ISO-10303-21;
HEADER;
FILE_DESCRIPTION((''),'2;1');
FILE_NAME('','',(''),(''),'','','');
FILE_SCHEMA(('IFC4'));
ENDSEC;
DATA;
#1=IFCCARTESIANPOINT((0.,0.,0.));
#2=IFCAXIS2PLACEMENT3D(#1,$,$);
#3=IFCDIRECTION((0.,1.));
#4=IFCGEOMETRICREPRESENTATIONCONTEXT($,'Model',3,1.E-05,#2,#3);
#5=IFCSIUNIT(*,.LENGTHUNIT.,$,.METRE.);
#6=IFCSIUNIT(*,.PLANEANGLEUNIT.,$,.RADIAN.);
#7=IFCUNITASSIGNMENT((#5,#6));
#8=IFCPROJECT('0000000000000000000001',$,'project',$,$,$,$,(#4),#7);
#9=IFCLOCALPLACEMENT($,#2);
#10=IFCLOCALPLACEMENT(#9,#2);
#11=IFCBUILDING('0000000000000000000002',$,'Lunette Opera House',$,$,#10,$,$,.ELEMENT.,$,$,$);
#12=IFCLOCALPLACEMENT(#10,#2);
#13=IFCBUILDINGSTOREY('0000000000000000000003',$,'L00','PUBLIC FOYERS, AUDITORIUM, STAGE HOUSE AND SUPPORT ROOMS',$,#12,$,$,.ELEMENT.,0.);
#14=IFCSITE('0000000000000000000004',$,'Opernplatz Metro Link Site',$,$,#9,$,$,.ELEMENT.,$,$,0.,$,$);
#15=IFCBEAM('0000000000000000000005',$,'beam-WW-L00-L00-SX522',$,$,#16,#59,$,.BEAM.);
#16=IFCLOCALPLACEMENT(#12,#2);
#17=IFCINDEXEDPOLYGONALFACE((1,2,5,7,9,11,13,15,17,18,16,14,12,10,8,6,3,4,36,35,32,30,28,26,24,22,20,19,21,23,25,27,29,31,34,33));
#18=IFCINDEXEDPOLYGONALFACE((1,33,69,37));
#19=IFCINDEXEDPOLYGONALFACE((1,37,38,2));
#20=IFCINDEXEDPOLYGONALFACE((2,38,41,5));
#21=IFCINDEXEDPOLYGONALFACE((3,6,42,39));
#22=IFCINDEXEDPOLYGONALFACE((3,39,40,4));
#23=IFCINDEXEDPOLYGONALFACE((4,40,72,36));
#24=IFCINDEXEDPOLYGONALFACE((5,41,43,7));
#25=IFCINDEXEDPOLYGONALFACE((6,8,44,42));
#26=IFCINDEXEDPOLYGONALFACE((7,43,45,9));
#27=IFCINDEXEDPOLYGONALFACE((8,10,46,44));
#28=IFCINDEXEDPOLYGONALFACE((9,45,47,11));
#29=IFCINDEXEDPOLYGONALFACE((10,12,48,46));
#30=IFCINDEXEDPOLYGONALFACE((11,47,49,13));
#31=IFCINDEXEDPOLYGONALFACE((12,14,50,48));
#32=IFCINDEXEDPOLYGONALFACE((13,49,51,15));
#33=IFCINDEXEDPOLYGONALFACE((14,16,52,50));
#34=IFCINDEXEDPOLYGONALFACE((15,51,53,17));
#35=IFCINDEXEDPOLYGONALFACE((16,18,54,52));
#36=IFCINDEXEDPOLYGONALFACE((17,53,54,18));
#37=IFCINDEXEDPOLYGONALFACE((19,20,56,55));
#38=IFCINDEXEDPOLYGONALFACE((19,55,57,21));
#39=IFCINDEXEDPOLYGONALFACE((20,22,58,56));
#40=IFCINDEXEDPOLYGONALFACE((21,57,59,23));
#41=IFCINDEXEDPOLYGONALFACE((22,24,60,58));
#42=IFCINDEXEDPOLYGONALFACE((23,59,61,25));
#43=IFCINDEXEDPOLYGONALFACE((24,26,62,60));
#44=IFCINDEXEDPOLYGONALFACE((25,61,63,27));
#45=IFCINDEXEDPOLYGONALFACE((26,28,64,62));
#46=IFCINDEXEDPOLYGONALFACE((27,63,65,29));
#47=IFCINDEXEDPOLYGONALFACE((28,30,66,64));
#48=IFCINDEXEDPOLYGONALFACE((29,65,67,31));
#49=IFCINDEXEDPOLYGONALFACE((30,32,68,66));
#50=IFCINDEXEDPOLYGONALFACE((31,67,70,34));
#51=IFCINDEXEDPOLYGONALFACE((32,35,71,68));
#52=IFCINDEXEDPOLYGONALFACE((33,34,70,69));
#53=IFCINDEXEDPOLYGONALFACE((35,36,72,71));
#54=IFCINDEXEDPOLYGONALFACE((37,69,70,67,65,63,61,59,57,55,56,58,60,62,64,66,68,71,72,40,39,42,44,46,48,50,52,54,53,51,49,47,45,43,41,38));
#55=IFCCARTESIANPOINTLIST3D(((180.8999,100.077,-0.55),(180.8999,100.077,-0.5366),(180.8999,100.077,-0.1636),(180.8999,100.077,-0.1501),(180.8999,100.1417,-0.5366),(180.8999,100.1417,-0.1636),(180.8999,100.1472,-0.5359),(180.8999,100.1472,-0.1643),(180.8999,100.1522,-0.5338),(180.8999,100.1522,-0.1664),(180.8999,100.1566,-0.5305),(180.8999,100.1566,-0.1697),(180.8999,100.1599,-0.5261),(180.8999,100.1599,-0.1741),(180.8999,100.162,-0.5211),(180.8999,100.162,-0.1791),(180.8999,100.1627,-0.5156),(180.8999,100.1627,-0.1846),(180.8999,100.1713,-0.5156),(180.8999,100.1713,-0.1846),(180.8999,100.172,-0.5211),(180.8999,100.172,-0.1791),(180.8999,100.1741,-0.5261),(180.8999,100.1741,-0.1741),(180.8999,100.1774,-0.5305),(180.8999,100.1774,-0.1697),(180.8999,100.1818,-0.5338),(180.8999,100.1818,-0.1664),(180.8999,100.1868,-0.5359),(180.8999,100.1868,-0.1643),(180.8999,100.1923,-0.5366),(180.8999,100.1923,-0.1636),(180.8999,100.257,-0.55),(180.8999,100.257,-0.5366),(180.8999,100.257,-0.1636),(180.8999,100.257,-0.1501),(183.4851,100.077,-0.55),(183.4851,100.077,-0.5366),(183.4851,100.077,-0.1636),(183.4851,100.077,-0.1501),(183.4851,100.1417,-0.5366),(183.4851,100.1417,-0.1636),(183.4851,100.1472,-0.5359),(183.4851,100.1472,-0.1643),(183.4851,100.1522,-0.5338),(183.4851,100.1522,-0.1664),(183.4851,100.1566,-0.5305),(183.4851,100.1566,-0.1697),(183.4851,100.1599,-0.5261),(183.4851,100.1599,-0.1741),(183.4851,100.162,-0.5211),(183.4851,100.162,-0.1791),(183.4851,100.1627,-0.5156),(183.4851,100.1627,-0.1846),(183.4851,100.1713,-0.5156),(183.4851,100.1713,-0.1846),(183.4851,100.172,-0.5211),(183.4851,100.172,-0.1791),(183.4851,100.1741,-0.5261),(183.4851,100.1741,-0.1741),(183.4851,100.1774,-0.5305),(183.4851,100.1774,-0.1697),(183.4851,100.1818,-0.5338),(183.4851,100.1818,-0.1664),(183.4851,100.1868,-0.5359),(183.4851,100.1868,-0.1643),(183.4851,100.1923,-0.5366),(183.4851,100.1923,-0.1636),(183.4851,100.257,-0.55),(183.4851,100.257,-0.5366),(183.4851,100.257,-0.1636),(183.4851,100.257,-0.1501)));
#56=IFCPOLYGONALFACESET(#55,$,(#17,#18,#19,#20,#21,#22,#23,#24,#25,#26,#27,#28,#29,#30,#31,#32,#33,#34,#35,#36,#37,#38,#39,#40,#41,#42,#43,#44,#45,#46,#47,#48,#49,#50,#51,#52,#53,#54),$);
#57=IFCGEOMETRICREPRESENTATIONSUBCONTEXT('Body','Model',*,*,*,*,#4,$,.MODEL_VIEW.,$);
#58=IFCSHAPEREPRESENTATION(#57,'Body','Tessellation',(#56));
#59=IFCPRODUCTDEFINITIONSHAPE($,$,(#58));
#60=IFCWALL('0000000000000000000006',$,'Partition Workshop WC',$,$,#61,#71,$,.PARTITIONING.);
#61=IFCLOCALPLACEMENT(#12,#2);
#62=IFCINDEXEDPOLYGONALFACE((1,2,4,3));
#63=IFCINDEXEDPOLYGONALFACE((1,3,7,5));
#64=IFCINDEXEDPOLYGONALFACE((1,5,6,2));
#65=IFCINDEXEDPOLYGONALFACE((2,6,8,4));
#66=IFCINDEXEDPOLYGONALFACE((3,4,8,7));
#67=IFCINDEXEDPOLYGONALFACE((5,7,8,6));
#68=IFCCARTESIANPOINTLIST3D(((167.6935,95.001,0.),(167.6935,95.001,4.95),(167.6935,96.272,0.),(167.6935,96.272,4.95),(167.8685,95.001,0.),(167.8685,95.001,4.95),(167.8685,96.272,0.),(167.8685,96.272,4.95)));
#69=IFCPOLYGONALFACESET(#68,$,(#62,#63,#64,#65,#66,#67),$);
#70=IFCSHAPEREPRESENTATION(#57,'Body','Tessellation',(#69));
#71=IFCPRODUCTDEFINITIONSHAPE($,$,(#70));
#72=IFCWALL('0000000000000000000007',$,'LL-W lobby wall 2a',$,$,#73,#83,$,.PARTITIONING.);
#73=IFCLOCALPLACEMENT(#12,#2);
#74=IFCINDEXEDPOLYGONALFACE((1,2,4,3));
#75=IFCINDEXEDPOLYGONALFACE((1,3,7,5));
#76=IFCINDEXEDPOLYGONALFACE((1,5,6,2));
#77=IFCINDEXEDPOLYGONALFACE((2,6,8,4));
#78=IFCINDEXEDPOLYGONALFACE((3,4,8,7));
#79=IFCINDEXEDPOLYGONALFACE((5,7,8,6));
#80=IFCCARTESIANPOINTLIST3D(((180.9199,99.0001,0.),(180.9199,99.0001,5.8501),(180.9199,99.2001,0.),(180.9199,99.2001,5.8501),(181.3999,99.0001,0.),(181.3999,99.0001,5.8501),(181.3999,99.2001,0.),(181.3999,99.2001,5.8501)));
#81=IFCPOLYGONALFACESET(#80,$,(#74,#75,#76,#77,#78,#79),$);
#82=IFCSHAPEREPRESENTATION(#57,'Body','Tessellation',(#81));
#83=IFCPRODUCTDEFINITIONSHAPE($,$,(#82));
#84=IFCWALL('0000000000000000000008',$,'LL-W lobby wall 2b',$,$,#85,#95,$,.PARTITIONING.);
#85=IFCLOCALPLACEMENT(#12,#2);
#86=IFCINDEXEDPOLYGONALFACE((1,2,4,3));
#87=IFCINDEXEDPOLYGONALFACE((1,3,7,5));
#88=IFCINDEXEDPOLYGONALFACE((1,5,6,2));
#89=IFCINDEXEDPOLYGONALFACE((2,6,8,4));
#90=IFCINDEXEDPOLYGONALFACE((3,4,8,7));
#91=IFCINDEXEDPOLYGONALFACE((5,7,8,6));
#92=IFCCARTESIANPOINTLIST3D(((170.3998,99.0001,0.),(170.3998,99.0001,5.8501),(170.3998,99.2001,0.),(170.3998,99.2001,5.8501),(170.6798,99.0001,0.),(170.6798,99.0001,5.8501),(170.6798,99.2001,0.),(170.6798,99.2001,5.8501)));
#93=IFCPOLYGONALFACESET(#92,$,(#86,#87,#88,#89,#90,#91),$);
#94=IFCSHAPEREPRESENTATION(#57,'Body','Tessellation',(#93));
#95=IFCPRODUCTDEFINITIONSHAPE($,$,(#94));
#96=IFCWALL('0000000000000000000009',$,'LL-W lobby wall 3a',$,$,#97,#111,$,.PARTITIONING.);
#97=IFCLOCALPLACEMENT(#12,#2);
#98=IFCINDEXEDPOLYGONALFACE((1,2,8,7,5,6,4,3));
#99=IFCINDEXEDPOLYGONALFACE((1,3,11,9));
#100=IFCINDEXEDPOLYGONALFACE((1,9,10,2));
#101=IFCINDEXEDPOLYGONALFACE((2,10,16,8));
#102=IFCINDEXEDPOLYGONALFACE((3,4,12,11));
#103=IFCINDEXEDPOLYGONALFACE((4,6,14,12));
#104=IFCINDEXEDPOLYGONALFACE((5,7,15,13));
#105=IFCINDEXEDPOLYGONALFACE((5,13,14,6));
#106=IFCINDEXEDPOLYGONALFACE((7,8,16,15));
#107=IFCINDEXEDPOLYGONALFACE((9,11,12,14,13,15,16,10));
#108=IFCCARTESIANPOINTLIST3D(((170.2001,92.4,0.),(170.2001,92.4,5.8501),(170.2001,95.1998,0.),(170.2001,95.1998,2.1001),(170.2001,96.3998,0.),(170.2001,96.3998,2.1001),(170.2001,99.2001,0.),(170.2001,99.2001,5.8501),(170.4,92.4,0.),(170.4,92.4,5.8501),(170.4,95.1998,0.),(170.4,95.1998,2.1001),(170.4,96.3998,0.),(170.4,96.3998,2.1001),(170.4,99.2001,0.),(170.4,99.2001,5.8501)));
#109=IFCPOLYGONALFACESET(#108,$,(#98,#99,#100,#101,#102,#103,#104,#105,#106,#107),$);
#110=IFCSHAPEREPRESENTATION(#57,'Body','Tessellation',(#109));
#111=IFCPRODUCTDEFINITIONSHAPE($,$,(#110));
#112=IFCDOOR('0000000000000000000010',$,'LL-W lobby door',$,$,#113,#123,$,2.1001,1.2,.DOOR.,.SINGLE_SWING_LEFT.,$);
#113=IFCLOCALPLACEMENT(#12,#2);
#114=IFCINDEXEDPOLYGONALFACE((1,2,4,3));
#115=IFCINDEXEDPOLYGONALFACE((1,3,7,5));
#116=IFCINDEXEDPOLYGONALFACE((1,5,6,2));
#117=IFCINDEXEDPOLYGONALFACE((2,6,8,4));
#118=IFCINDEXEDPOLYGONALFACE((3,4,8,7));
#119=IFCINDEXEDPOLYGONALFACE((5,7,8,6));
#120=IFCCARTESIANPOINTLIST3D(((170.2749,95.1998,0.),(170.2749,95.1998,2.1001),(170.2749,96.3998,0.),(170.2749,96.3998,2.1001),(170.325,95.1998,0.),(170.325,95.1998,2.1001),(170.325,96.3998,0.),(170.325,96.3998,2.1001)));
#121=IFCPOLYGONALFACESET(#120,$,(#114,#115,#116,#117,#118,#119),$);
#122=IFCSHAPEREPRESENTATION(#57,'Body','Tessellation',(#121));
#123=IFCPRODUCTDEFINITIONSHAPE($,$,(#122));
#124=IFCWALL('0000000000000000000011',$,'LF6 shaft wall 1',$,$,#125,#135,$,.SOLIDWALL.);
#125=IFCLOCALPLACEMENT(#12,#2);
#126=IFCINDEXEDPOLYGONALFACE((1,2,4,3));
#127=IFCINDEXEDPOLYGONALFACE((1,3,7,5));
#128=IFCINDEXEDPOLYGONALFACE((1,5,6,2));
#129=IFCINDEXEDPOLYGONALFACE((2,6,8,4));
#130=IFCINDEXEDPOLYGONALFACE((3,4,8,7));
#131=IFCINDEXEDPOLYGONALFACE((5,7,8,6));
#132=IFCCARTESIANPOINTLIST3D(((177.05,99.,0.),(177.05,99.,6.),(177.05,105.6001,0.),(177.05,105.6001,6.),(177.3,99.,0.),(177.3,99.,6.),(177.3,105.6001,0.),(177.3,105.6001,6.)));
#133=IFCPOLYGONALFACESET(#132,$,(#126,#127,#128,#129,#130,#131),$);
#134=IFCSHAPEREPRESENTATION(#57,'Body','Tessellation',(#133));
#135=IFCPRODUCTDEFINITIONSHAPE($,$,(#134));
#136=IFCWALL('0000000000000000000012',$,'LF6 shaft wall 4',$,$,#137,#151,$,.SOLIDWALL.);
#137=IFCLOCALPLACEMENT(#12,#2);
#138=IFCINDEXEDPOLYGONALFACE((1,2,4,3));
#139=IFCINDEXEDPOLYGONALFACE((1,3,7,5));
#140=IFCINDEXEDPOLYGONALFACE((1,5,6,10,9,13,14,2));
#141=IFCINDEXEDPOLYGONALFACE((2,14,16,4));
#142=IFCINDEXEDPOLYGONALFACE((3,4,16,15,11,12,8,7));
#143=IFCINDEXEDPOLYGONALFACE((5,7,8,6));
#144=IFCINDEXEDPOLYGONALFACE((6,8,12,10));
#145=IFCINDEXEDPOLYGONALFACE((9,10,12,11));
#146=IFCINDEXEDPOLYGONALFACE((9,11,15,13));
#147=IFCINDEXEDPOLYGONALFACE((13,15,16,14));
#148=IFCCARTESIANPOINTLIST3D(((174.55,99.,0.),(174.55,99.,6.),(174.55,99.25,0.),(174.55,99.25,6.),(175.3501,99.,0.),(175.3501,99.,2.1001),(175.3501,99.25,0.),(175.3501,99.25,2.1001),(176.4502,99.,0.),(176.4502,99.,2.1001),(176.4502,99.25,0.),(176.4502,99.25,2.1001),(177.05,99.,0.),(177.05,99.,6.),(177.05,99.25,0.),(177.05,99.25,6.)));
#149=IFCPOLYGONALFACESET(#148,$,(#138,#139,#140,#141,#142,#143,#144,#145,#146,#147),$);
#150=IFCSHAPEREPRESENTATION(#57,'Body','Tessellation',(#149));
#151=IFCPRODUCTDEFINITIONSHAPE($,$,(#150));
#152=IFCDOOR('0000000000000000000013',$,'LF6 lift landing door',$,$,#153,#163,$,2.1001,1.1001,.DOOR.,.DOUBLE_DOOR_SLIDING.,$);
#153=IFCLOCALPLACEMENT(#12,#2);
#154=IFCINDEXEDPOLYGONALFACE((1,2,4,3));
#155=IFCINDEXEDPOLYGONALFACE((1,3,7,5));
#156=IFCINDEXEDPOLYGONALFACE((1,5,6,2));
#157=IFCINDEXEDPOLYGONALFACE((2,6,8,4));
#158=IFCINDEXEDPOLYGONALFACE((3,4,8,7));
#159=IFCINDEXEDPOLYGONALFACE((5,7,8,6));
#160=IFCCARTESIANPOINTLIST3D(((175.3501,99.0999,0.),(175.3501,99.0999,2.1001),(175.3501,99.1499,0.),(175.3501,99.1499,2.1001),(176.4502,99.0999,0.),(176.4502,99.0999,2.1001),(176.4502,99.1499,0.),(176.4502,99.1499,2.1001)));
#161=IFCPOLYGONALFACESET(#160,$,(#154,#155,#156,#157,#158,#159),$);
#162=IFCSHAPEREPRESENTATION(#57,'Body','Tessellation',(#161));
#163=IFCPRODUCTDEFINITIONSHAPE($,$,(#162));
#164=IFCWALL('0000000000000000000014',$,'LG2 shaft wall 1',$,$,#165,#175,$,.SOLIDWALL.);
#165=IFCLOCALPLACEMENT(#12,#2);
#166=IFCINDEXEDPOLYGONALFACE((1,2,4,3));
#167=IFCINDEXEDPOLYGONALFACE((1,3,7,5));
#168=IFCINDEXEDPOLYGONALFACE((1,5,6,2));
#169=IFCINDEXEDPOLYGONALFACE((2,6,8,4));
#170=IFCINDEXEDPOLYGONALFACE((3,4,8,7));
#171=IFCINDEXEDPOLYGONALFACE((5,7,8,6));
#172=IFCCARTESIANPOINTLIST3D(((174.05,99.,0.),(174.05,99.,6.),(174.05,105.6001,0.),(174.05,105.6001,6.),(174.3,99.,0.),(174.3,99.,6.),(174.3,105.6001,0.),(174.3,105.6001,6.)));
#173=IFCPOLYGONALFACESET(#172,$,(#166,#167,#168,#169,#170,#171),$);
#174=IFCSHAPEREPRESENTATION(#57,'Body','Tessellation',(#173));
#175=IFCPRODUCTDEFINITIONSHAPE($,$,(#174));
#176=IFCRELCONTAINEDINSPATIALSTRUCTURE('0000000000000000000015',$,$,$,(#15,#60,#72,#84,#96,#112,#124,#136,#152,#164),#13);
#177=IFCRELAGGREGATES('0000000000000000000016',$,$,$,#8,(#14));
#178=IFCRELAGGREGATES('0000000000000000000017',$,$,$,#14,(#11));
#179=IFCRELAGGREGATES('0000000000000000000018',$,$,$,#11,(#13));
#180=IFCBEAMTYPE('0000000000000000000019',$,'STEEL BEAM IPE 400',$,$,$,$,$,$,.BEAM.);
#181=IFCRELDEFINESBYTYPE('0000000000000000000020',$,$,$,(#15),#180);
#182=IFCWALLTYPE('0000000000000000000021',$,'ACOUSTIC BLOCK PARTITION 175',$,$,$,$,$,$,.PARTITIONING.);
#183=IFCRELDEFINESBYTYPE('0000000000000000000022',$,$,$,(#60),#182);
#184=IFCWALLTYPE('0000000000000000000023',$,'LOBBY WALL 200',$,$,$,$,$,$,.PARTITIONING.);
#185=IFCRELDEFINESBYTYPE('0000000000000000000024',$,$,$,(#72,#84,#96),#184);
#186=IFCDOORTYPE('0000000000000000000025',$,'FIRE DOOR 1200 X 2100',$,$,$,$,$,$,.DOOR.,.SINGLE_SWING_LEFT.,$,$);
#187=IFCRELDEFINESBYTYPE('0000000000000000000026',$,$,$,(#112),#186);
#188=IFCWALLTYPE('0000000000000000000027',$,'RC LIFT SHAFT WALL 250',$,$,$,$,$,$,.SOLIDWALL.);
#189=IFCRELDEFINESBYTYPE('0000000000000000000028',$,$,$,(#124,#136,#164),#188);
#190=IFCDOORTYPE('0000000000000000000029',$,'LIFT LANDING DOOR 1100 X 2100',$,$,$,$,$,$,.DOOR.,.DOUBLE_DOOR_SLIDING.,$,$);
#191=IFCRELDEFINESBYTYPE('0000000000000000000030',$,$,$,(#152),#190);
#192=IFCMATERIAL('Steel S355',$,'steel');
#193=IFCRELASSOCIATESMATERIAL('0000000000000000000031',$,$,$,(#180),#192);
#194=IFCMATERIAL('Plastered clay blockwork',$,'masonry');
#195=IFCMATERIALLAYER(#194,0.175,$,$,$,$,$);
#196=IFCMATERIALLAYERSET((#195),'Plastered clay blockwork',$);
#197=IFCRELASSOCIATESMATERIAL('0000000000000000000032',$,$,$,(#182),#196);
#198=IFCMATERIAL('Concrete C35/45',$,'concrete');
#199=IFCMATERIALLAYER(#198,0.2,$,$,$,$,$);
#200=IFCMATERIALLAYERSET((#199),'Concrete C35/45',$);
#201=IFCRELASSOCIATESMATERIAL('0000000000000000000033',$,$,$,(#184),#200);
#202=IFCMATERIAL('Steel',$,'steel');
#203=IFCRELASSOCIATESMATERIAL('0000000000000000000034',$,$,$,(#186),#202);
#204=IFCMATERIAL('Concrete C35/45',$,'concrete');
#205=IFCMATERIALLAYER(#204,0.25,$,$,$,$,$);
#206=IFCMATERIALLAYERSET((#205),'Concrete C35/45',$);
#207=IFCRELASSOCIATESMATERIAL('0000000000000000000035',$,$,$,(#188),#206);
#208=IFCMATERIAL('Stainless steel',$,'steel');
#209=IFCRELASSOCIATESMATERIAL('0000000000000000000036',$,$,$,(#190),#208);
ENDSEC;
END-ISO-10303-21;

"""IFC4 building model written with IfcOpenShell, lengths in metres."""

from ifc_helpers import new_model, si_unit, direction, frame, frame_2d, origin, origin_2d, place, context, subcontext, project, spatial, rectangle, i_section, extrude, material, layer, layer_set, material_profile, profile_set, type_object, element, fill, save


model = new_model("IFC4")

# Units and contexts
model_context = context("Model", 3, precision=1e-05, world=origin(), true_north=direction((0.0, 1.0)))
body_context = subcontext(model_context, "Body", "Model", "MODEL_VIEW")
ifc_project = project(units=[si_unit("LENGTHUNIT", "METRE"), si_unit("PLANEANGLEUNIT", "RADIAN")], contexts=[model_context])

# Site, building, storey
site_placement = place(None, origin())
site = spatial("IfcSite", under=ifc_project, at=site_placement, Name="Opernplatz Metro Link Site", CompositionType="ELEMENT", RefElevation=0.0)
building_placement = place(site_placement, origin())
building = spatial("IfcBuilding", under=site, at=building_placement, Name="Lunette Opera House", CompositionType="ELEMENT")
storey_placement = place(building_placement, origin())
storey = spatial("IfcBuildingStorey", under=building, at=storey_placement, Name="L00", Description="PUBLIC FOYERS, AUDITORIUM, STAGE HOUSE AND SUPPORT ROOMS", CompositionType="ELEMENT", Elevation=0.0)

# Beam
ifc_material_1 = material(Name="Steel S355", Category="steel")
ifc_material_profile_1 = material_profile(ifc_material_1, i_section(OverallWidth=0.1799, OverallDepth=0.3999, WebThickness=0.0085, FlangeThickness=0.0134, FilletRadius=0.021, at=origin_2d()), Name="IPE 400")
ifc_profile_set_1 = profile_set([ifc_material_profile_1], Name="Steel S355")
beam_type_1 = type_object("IfcBeamType", Name="STEEL BEAM IPE 400", PredefinedType="BEAM", material=ifc_profile_set_1)
beam_1_placement = place(storey_placement, frame((180.8999, 100.167, -0.3501), z_axis=(1.0, 0.0, 0.0), x_axis=(0.0, 1.0, 0.0)))
element("IfcBeam", 1, at=beam_1_placement, inside=storey, type_object=beam_type_1, Name="beam-WW-L00-L00-SX522", PredefinedType="BEAM", context=body_context, shape_type="SweptSolid", body=[
    extrude(i_section(OverallWidth=0.1799, OverallDepth=0.3999, WebThickness=0.0085, FlangeThickness=0.0134, FilletRadius=0.021, at=origin_2d()), origin(), (0.0, 0.0, 1.0), 2.5852),
])

# Walls
ifc_material_2 = material(Name="Plastered clay blockwork", Category="masonry")
ifc_layer_1 = layer(ifc_material_2, 0.175)
ifc_layer_set_1 = layer_set([ifc_layer_1], Name="Plastered clay blockwork")
wall_type_1 = type_object("IfcWallType", Name="ACOUSTIC BLOCK PARTITION 175", PredefinedType="PARTITIONING", material=ifc_layer_set_1)
wall_1_placement = place(storey_placement, frame((167.781, 95.001, 0.0), z_axis=(0.0, 0.0, 1.0), x_axis=(0.0, 1.0, 0.0)))
element("IfcWall", 2, at=wall_1_placement, inside=storey, type_object=wall_type_1, Name="Partition Workshop WC", PredefinedType="PARTITIONING", context=body_context, shape_type="SweptSolid", body=[
    extrude(rectangle(XDim=1.271, YDim=0.175, at=frame_2d((0.6355, 0.0))), origin(), (0.0, 0.0, 1.0), 4.95),
])
ifc_material_3 = material(Name="Concrete C35/45", Category="concrete")
ifc_layer_2 = layer(ifc_material_3, 0.2)
ifc_layer_set_2 = layer_set([ifc_layer_2], Name="Concrete C35/45")
wall_type_2 = type_object("IfcWallType", Name="LOBBY WALL 200", PredefinedType="PARTITIONING", material=ifc_layer_set_2)
wall_2_placement = place(storey_placement, frame((181.3999, 99.1001, 0.0), z_axis=(0.0, 0.0, 1.0), x_axis=(-1.0, 0.0, 0.0)))
element("IfcWall", 3, at=wall_2_placement, inside=storey, type_object=wall_type_2, Name="LL-W lobby wall 2a", PredefinedType="PARTITIONING", context=body_context, shape_type="SweptSolid", body=[
    extrude(rectangle(XDim=0.48, YDim=0.2, at=frame_2d((0.24, 0.0))), origin(), (0.0, 0.0, 1.0), 5.8501),
])
wall_3_placement = place(storey_placement, frame((170.6799, 99.1001, 0.0), z_axis=(0.0, 0.0, 1.0), x_axis=(-1.0, 0.0, 0.0)))
element("IfcWall", 4, at=wall_3_placement, inside=storey, type_object=wall_type_2, Name="LL-W lobby wall 2b", PredefinedType="PARTITIONING", context=body_context, shape_type="SweptSolid", body=[
    extrude(rectangle(XDim=0.28, YDim=0.2, at=frame_2d((0.1401, 0.0))), origin(), (0.0, 0.0, 1.0), 5.8501),
])

# Wall, opening, door
wall_4_placement = place(storey_placement, frame((170.3, 99.2, 0.0), z_axis=(0.0, 0.0, 1.0), x_axis=(0.0, -1.0, 0.0)))
wall_4 = element("IfcWall", 5, at=wall_4_placement, inside=storey, type_object=wall_type_2, Name="LL-W lobby wall 3a", PredefinedType="PARTITIONING", context=body_context, shape_type="SweptSolid", body=[
    extrude(rectangle(XDim=6.8, YDim=0.2, at=frame_2d((3.3999, 0.0))), origin(), (0.0, 0.0, 1.0), 5.8501),
])
opening_1_placement = place(wall_4_placement, frame((2.8, 0.0, 0.0)))
opening_1 = element("IfcOpeningElement", 6, at=opening_1_placement, cuts=wall_4, PredefinedType="OPENING", context=body_context, shape_type="SweptSolid", body=[
    extrude(rectangle(XDim=1.2, YDim=2.1001, at=frame_2d((0.6001, 1.05))), frame((0.0, 0.1121, 0.0), z_axis=(0.0, -1.0, 0.0), x_axis=(1.0, 0.0, 0.0)), (0.0, 0.0, 1.0), 0.2239),
])
ifc_material_4 = material(Name="Steel", Category="steel")
door_type_1 = type_object("IfcDoorType", Name="FIRE DOOR 1200 X 2100", OperationType="SINGLE_SWING_LEFT", PredefinedType="DOOR", material=ifc_material_4)
door_1_placement = place(opening_1_placement, origin())
door_1 = element("IfcDoor", 7, at=door_1_placement, inside=storey, type_object=door_type_1, Name="LL-W lobby door", OperationType="SINGLE_SWING_LEFT", OverallHeight=2.1001, OverallWidth=1.2, PredefinedType="DOOR", context=body_context, shape_type="SweptSolid", body=[
    extrude(rectangle(XDim=1.2, YDim=2.1001, at=frame_2d((0.6001, 1.05))), frame((0.0, 0.0249, 0.0), z_axis=(0.0, -1.0, 0.0), x_axis=(1.0, 0.0, 0.0)), (0.0, 0.0, 1.0), 0.05),
])
fill(opening_1, door_1)

# Wall
ifc_material_5 = material(Name="Concrete C35/45", Category="concrete")
ifc_layer_3 = layer(ifc_material_5, 0.25)
ifc_layer_set_3 = layer_set([ifc_layer_3], Name="Concrete C35/45")
wall_type_3 = type_object("IfcWallType", Name="RC LIFT SHAFT WALL 250", PredefinedType="SOLIDWALL", material=ifc_layer_set_3)
wall_5_placement = place(storey_placement, frame((177.175, 99.0, 0.0), z_axis=(0.0, 0.0, 1.0), x_axis=(0.0, 1.0, 0.0)))
element("IfcWall", 8, at=wall_5_placement, inside=storey, type_object=wall_type_3, Name="LF6 shaft wall 1", PredefinedType="SOLIDWALL", context=body_context, shape_type="SweptSolid", body=[
    extrude(rectangle(XDim=6.6001, YDim=0.25, at=frame_2d((3.3, 0.0))), origin(), (0.0, 0.0, 1.0), 6.0),
])

# Wall, opening, door
wall_6_placement = place(storey_placement, frame((174.55, 99.125, 0.0), z_axis=(0.0, 0.0, 1.0), x_axis=(1.0, 0.0, 0.0)))
wall_6 = element("IfcWall", 9, at=wall_6_placement, inside=storey, type_object=wall_type_3, Name="LF6 shaft wall 4", PredefinedType="SOLIDWALL", context=body_context, shape_type="SweptSolid", body=[
    extrude(rectangle(XDim=2.5, YDim=0.25, at=frame_2d((1.25, 0.0))), origin(), (0.0, 0.0, 1.0), 6.0),
])
opening_2_placement = place(wall_6_placement, frame((0.8, 0.0, 0.0)))
opening_2 = element("IfcOpeningElement", 10, at=opening_2_placement, cuts=wall_6, PredefinedType="OPENING", context=body_context, shape_type="SweptSolid", body=[
    extrude(rectangle(XDim=1.1001, YDim=2.1001, at=frame_2d((0.55, 1.05))), frame((0.0, 0.137, 0.0), z_axis=(0.0, -1.0, 0.0), x_axis=(1.0, 0.0, 0.0)), (0.0, 0.0, 1.0), 0.2739),
])
ifc_material_6 = material(Name="Stainless steel", Category="steel")
door_type_2 = type_object("IfcDoorType", Name="LIFT LANDING DOOR 1100 X 2100", OperationType="DOUBLE_DOOR_SLIDING", PredefinedType="DOOR", material=ifc_material_6)
door_2_placement = place(opening_2_placement, origin())
door_2 = element("IfcDoor", 11, at=door_2_placement, inside=storey, type_object=door_type_2, Name="LF6 lift landing door", OperationType="DOUBLE_DOOR_SLIDING", OverallHeight=2.1001, OverallWidth=1.1001, PredefinedType="DOOR", context=body_context, shape_type="SweptSolid", body=[
    extrude(rectangle(XDim=1.1001, YDim=2.1001, at=frame_2d((0.55, 1.05))), frame((0.0, 0.0249, 0.0), z_axis=(0.0, -1.0, 0.0), x_axis=(1.0, 0.0, 0.0)), (0.0, 0.0, 1.0), 0.05),
])
fill(opening_2, door_2)

# Wall
wall_7_placement = place(storey_placement, frame((174.175, 99.0, 0.0), z_axis=(0.0, 0.0, 1.0), x_axis=(0.0, 1.0, 0.0)))
element("IfcWall", 12, at=wall_7_placement, inside=storey, type_object=wall_type_3, Name="LG2 shaft wall 1", PredefinedType="SOLIDWALL", context=body_context, shape_type="SweptSolid", body=[
    extrude(rectangle(XDim=6.6001, YDim=0.25, at=frame_2d((3.3, 0.0))), origin(), (0.0, 0.0, 1.0), 6.0),
])

save(model, "model.ifc")
